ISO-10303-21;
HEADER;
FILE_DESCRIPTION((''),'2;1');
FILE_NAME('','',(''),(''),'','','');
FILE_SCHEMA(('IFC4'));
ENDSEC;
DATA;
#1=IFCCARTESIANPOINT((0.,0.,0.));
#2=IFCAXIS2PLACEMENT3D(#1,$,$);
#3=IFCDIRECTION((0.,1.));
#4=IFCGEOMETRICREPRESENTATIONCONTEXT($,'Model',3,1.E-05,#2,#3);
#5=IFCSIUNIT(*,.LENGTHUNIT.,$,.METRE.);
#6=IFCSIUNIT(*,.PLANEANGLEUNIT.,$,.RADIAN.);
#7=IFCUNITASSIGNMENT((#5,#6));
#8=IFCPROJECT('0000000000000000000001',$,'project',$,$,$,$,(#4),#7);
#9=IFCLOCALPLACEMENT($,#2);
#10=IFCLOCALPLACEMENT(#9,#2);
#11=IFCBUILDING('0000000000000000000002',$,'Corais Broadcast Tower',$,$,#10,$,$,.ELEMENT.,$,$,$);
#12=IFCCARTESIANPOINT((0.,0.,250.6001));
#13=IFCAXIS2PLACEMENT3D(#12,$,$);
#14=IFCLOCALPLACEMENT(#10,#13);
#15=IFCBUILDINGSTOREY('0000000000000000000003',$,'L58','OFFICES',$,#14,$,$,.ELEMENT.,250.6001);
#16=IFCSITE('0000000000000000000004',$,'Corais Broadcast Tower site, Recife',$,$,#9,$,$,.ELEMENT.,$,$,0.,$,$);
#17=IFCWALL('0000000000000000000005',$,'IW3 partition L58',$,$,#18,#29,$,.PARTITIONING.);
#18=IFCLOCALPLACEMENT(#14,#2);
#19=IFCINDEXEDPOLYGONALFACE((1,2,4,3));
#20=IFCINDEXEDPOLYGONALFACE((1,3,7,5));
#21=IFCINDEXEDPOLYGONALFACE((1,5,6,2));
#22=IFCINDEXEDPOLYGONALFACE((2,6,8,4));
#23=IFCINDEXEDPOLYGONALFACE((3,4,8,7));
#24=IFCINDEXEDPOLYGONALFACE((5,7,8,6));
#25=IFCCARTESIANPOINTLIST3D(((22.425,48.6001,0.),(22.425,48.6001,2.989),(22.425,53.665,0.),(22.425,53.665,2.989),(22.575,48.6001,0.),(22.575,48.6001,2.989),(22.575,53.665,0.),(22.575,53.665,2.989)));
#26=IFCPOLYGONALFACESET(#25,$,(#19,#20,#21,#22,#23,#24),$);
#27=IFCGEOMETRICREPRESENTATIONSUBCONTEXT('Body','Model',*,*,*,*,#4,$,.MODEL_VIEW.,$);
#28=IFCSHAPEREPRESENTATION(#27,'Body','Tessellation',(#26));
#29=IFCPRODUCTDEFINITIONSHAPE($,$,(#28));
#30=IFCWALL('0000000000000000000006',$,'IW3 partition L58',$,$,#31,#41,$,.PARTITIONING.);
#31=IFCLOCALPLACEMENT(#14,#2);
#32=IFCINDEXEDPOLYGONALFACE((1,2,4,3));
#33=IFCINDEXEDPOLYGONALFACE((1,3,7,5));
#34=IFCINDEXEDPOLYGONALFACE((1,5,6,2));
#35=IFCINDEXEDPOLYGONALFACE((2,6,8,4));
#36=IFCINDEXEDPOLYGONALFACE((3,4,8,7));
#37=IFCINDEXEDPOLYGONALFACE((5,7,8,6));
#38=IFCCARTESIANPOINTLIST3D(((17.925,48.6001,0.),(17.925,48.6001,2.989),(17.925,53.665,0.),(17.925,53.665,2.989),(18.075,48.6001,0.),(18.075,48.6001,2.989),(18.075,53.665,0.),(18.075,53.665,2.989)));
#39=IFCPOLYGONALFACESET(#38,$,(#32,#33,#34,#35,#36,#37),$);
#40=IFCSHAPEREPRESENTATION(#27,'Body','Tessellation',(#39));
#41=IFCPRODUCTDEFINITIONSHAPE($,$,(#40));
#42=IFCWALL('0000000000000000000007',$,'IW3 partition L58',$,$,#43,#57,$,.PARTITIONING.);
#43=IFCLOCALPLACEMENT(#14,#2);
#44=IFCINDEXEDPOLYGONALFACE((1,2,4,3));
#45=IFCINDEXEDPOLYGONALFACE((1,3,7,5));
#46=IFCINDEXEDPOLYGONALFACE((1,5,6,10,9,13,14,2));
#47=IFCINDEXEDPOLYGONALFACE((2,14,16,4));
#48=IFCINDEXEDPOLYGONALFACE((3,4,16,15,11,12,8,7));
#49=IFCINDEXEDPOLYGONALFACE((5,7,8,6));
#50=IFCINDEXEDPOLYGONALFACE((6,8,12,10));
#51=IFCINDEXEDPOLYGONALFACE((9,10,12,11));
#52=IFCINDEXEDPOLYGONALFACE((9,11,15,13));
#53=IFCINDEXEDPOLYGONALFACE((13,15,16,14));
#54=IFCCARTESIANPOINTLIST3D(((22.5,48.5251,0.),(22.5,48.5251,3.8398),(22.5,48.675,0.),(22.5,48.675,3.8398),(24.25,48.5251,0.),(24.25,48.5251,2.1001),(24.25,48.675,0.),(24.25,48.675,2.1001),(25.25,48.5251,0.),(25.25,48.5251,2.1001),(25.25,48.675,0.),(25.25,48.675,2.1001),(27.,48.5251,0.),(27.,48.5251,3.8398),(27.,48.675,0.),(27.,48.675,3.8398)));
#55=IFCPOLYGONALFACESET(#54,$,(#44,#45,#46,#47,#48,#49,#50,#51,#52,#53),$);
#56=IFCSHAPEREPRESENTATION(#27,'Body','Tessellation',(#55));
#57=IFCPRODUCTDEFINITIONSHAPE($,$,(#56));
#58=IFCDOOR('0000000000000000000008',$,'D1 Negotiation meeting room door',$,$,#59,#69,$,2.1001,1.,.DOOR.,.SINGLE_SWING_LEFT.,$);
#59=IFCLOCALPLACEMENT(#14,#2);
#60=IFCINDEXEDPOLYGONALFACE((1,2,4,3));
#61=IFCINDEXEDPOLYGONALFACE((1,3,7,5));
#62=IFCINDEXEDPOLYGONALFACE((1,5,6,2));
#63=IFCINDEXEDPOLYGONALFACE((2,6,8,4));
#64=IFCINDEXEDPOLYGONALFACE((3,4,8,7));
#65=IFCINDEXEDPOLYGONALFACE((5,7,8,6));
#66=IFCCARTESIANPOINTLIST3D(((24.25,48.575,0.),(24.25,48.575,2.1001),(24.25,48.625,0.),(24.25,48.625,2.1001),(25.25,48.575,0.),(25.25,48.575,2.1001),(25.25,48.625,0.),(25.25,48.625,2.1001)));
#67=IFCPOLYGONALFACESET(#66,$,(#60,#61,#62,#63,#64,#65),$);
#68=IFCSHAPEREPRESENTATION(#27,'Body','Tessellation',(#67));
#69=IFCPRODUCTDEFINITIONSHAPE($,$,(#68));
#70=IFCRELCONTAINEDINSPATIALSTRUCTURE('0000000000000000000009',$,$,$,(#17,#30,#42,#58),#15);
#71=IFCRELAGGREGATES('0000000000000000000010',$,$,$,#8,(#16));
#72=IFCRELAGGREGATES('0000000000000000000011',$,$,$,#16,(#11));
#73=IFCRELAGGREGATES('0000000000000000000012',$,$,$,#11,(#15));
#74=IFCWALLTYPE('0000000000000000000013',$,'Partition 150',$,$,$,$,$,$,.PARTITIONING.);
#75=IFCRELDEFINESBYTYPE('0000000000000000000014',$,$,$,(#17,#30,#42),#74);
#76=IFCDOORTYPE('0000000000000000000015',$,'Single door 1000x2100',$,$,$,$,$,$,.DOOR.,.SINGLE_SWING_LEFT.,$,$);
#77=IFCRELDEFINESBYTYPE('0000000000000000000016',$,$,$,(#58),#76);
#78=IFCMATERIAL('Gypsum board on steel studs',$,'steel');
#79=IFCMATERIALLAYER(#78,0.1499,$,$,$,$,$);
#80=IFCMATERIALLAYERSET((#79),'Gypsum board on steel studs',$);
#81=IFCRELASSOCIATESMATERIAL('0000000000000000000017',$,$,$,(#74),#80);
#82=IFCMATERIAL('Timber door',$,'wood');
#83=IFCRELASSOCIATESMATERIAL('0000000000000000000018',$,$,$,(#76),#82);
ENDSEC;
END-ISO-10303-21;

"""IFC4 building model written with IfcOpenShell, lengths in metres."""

from ifc_helpers import new_model, si_unit, direction, frame, frame_2d, origin, place, context, subcontext, project, spatial, rectangle, extrude, material, layer, layer_set, type_object, element, fill, save


model = new_model("IFC4")

# Units and contexts
model_context = context("Model", 3, precision=1e-05, world=origin(), true_north=direction((0.0, 1.0)))
body_context = subcontext(model_context, "Body", "Model", "MODEL_VIEW")
ifc_project = project(units=[si_unit("LENGTHUNIT", "METRE"), si_unit("PLANEANGLEUNIT", "RADIAN")], contexts=[model_context])

# Site, building, storey
site_placement = place(None, origin())
site = spatial("IfcSite", under=ifc_project, at=site_placement, Name="Corais Broadcast Tower site, Recife", CompositionType="ELEMENT", RefElevation=0.0)
building_placement = place(site_placement, origin())
building = spatial("IfcBuilding", under=site, at=building_placement, Name="Corais Broadcast Tower", CompositionType="ELEMENT")
storey_placement = place(building_placement, frame((0.0, 0.0, 250.6001)))
storey = spatial("IfcBuildingStorey", under=building, at=storey_placement, Name="L58", Description="OFFICES", CompositionType="ELEMENT", Elevation=250.6001)

# Shared definitions
ifc_material_1 = material(Name="Gypsum board on steel studs", Category="steel")
ifc_layer_1 = layer(ifc_material_1, 0.1499)
ifc_layer_set_1 = layer_set([ifc_layer_1], Name="Gypsum board on steel studs")
wall_type = type_object("IfcWallType", Name="Partition 150", PredefinedType="PARTITIONING", material=ifc_layer_set_1)

# Shared definitions
ifc_material_2 = material(Name="Timber door", Category="wood")
door_type = type_object("IfcDoorType", Name="Single door 1000x2100", OperationType="SINGLE_SWING_LEFT", PredefinedType="DOOR", material=ifc_material_2)

# Walls
for number, where, z_axis, x_axis, name in (
    (1, (22.5, 48.6001, 0.0), (0.0, 0.0, 1.0), (0.0, 1.0, 0.0), "IW3 partition L58"),
    (2, (18.0, 53.665, 0.0), (0.0, 0.0, 1.0), (0.0, -1.0, 0.0), "IW3 partition L58"),
):
    element("IfcWall", number, at=place(storey_placement, frame(where, z_axis=z_axis, x_axis=x_axis)), inside=storey, type_object=wall_type, Name=name, PredefinedType="PARTITIONING", context=body_context, shape_type="SweptSolid", body=[
        extrude(rectangle(XDim=5.0649, YDim=0.1499, at=frame_2d((2.5325, 0.0))), origin(), (0.0, 0.0, 1.0), 2.989),
    ])

# Wall, opening, door
wall_1_placement = place(storey_placement, frame((22.5, 48.6001, 0.0), z_axis=(0.0, 0.0, 1.0), x_axis=(1.0, 0.0, 0.0)))
wall_1 = element("IfcWall", 3, at=wall_1_placement, inside=storey, type_object=wall_type, Name="IW3 partition L58", PredefinedType="PARTITIONING", context=body_context, shape_type="SweptSolid", body=[
    extrude(rectangle(XDim=4.5, YDim=0.1499, at=frame_2d((2.25, 0.0))), origin(), (0.0, 0.0, 1.0), 3.8398),
])
opening_1_placement = place(wall_1_placement, frame((1.75, 0.0, 0.0)))
opening_1 = element("IfcOpeningElement", 4, at=opening_1_placement, cuts=wall_1, PredefinedType="OPENING", context=body_context, shape_type="SweptSolid", body=[
    extrude(rectangle(XDim=1.0, YDim=2.1001, at=frame_2d((0.5, 1.05))), frame((0.0, 0.085, 0.0), z_axis=(0.0, -1.0, 0.0), x_axis=(1.0, 0.0, 0.0)), (0.0, 0.0, 1.0), 0.1699),
])
door_1_placement = place(opening_1_placement, origin())
door_1 = element("IfcDoor", 5, at=door_1_placement, inside=storey, type_object=door_type, Name="D1 Negotiation meeting room door", OperationType="SINGLE_SWING_LEFT", OverallHeight=2.1001, OverallWidth=1.0, PredefinedType="DOOR", context=body_context, shape_type="SweptSolid", body=[
    extrude(rectangle(XDim=1.0, YDim=2.1001, at=frame_2d((0.5, 1.05))), frame((0.0, 0.0249, 0.0), z_axis=(0.0, -1.0, 0.0), x_axis=(1.0, 0.0, 0.0)), (0.0, 0.0, 1.0), 0.05),
])
fill(opening_1, door_1)

save(model, "model.ifc")
